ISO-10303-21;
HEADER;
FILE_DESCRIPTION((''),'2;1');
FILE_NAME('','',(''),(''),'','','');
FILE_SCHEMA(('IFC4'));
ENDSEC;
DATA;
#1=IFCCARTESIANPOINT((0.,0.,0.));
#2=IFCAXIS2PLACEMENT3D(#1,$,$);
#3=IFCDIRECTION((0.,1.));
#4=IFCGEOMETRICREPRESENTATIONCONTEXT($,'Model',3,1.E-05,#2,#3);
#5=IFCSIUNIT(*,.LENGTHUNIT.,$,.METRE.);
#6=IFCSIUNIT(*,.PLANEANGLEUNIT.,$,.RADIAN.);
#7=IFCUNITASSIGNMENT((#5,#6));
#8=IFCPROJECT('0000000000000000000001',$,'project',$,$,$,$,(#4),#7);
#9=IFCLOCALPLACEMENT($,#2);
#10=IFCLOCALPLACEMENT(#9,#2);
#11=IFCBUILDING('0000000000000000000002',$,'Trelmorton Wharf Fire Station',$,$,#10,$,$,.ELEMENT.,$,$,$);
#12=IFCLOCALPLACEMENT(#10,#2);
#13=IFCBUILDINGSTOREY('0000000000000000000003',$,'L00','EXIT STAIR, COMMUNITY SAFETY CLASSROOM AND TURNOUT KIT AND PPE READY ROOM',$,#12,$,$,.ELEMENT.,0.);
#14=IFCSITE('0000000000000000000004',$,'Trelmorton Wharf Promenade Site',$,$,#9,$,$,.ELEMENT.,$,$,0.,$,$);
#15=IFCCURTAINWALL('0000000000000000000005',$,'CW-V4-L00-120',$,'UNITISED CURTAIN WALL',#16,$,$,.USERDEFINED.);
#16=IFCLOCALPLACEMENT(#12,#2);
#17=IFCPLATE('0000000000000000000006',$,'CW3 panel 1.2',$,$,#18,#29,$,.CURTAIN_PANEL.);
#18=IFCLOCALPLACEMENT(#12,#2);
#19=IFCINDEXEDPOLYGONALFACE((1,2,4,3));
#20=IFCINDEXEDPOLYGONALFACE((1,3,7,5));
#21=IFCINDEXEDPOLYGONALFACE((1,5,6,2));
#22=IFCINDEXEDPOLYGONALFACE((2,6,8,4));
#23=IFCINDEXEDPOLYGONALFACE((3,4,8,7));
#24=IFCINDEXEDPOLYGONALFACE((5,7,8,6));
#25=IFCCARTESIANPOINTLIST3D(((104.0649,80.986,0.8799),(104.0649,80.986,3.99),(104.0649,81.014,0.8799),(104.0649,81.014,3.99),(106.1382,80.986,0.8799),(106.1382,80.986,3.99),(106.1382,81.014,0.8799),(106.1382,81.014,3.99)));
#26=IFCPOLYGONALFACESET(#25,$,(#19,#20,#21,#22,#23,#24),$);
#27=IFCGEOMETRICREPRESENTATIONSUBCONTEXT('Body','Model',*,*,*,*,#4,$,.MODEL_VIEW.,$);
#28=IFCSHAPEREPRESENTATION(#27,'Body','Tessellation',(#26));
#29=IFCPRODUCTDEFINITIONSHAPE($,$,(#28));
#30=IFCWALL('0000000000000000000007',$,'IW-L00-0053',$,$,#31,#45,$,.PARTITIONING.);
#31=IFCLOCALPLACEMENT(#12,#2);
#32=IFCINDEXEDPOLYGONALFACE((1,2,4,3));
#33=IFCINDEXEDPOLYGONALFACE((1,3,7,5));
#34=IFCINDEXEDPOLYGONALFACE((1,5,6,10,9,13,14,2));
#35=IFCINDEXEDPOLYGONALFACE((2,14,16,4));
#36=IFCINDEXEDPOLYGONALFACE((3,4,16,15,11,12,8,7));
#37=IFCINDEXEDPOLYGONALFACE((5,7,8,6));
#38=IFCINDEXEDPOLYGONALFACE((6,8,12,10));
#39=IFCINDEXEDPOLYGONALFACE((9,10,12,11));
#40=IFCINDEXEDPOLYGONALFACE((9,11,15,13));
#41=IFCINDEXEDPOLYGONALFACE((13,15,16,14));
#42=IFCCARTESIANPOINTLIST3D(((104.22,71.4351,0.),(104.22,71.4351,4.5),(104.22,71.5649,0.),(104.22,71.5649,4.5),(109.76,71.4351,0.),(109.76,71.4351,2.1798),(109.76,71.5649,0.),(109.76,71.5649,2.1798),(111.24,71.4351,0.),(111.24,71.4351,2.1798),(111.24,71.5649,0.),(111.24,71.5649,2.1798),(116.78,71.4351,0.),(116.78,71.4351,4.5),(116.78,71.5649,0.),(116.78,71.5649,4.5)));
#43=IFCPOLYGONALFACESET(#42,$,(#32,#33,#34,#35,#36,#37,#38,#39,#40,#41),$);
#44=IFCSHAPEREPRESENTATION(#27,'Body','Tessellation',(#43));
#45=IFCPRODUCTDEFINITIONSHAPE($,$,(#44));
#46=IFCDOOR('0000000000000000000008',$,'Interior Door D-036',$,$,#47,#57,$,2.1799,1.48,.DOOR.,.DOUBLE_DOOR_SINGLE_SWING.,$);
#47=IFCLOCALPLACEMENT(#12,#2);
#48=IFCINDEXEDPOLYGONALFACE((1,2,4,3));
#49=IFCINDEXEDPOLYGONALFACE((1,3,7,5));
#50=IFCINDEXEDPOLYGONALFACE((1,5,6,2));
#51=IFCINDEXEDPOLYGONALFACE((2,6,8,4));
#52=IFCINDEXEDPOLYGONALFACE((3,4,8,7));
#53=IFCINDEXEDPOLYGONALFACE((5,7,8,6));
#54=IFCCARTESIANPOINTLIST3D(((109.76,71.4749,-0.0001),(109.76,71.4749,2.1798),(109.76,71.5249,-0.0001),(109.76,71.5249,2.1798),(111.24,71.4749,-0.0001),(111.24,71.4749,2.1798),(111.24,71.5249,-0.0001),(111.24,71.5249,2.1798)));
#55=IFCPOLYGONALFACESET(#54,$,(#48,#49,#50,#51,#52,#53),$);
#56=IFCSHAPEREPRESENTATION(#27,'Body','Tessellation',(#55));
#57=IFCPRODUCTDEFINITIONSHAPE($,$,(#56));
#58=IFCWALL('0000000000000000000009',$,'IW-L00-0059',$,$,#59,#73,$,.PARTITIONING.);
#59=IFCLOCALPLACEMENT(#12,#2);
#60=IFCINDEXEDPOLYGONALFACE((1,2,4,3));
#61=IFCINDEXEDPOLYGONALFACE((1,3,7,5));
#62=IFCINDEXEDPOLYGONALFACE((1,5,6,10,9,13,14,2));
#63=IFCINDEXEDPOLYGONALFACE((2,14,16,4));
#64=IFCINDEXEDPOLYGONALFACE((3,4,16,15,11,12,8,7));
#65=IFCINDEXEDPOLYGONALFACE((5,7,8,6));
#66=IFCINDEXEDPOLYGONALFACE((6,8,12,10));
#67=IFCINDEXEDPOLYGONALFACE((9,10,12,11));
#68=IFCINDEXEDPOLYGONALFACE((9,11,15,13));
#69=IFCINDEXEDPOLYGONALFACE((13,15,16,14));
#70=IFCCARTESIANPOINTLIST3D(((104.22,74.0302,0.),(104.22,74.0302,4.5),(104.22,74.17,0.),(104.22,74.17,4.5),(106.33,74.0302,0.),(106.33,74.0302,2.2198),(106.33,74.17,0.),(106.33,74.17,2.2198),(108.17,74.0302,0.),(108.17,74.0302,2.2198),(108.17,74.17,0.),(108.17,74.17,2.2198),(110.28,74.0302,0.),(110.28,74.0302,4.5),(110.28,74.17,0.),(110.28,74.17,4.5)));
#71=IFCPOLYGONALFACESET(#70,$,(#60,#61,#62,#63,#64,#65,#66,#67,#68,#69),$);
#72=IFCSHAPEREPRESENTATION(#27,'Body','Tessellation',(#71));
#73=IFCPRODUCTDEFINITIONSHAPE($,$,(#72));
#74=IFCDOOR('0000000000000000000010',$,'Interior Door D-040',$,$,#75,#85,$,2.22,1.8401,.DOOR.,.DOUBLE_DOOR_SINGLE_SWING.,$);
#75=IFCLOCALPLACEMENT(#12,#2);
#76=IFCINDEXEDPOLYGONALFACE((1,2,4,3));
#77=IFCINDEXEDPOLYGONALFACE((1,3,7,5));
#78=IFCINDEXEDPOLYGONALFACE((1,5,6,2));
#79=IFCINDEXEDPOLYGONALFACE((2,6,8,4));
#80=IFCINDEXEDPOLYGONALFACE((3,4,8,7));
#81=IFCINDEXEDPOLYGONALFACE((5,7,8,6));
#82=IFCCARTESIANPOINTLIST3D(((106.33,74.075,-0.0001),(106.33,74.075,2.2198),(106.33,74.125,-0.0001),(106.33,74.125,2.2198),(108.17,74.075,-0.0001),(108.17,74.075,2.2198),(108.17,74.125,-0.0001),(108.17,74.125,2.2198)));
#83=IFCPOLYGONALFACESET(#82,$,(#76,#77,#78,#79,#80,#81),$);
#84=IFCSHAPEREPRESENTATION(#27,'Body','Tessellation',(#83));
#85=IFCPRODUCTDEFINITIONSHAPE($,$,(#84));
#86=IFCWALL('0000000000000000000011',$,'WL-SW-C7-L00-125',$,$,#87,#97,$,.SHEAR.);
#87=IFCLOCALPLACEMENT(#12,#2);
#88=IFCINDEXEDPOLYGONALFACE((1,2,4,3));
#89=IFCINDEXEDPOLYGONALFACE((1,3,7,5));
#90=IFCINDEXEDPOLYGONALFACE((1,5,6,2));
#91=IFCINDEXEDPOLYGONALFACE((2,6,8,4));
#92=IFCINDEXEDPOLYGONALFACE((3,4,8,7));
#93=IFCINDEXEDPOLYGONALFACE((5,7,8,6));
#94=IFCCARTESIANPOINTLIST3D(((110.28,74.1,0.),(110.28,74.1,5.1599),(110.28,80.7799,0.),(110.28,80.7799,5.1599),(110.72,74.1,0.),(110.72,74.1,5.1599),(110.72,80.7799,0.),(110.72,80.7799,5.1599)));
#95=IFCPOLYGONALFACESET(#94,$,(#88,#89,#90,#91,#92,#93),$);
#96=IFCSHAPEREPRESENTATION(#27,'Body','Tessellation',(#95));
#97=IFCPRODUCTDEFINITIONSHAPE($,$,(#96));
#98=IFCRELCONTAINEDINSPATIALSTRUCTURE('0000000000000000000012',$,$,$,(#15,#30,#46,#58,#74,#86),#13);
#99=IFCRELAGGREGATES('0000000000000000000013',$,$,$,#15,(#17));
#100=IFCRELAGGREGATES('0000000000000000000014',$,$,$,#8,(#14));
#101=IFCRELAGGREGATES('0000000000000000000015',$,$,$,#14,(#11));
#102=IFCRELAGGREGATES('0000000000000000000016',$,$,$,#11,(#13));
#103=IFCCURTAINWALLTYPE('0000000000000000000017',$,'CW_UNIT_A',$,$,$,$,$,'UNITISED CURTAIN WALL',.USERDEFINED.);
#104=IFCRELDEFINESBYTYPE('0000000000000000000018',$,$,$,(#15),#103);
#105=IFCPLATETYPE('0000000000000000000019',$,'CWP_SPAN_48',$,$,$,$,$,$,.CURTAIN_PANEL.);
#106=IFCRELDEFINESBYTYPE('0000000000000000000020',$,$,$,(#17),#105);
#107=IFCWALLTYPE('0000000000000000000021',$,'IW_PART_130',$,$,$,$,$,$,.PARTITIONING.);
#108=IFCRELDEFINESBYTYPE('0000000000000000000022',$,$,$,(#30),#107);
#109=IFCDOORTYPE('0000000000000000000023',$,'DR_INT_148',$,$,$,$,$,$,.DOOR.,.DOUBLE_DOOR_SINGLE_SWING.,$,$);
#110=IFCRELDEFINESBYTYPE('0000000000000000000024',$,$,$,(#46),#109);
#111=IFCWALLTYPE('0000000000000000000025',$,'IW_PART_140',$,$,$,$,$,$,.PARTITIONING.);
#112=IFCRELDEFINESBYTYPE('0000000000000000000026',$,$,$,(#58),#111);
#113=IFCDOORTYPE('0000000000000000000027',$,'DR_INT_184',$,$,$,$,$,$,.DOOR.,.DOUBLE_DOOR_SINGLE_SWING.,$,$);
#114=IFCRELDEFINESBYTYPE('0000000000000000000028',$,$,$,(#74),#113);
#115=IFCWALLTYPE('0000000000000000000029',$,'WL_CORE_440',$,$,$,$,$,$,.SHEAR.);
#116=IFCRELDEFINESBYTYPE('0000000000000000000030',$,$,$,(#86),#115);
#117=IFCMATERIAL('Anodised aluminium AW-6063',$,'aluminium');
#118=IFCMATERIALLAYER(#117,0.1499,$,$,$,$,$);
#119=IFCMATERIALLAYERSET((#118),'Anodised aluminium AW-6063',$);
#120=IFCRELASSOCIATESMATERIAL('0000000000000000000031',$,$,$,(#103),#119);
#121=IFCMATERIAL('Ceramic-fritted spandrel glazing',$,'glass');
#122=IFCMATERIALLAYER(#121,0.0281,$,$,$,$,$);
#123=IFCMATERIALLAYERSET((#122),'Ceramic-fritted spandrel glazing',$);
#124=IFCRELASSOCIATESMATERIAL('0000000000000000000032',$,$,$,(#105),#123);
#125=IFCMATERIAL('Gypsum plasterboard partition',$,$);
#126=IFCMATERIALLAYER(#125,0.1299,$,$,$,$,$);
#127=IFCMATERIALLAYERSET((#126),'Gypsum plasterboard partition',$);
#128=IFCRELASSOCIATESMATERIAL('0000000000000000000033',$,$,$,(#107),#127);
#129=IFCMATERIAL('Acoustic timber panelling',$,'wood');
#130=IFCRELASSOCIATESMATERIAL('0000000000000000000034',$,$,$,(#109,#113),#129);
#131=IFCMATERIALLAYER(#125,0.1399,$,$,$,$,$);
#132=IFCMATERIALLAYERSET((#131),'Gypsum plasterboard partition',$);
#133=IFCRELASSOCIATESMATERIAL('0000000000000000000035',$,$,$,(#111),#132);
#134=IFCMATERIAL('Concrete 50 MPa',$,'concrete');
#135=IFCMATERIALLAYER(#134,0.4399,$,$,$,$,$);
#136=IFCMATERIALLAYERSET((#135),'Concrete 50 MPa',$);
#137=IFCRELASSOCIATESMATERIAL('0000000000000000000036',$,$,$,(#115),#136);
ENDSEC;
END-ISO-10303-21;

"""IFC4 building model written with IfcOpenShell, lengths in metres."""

from ifc_helpers import new_model, si_unit, direction, frame, frame_2d, origin, origin_2d, place, context, subcontext, project, spatial, rectangle, extrude, material, layer, layer_set, type_object, element, fill, aggregate, save


model = new_model("IFC4")

# Units and contexts
model_context = context("Model", 3, precision=1e-05, world=origin(), true_north=direction((0.0, 1.0)))
body_context = subcontext(model_context, "Body", "Model", "MODEL_VIEW")
ifc_project = project(units=[si_unit("LENGTHUNIT", "METRE"), si_unit("PLANEANGLEUNIT", "RADIAN")], contexts=[model_context])

# Site, building, storey
site_placement = place(None, origin())
site = spatial("IfcSite", under=ifc_project, at=site_placement, Name="Trelmorton Wharf Promenade Site", CompositionType="ELEMENT", RefElevation=0.0)
building_placement = place(site_placement, origin())
building = spatial("IfcBuilding", under=site, at=building_placement, Name="Trelmorton Wharf Fire Station", CompositionType="ELEMENT")
storey_placement = place(building_placement, origin())
storey = spatial("IfcBuildingStorey", under=building, at=storey_placement, Name="L00", Description="EXIT STAIR, COMMUNITY SAFETY CLASSROOM AND TURNOUT KIT AND PPE READY ROOM", CompositionType="ELEMENT", Elevation=0.0)

# Curtain wall, plate
ifc_material_1 = material(Name="Anodised aluminium AW-6063", Category="aluminium")
ifc_layer_1 = layer(ifc_material_1, 0.1499)
ifc_layer_set_1 = layer_set([ifc_layer_1], Name="Anodised aluminium AW-6063")
curtain_wall_type = type_object("IfcCurtainWallType", Name="CW_UNIT_A", ElementType="UNITISED CURTAIN WALL", PredefinedType="USERDEFINED", material=ifc_layer_set_1)
curtain_wall_placement = place(storey_placement, origin())
curtain_wall = element("IfcCurtainWall", 1, at=curtain_wall_placement, inside=storey, type_object=curtain_wall_type, Name="CW-V4-L00-120", ObjectType="UNITISED CURTAIN WALL", PredefinedType="USERDEFINED")
ifc_material_2 = material(Name="Ceramic-fritted spandrel glazing", Category="glass")
ifc_layer_2 = layer(ifc_material_2, 0.0281)
ifc_layer_set_2 = layer_set([ifc_layer_2], Name="Ceramic-fritted spandrel glazing")
plate_type = type_object("IfcPlateType", Name="CWP_SPAN_48", PredefinedType="CURTAIN_PANEL", material=ifc_layer_set_2)
plate_1_placement = place(storey_placement, frame((105.1016, 81.0, 0.8799), z_axis=(0.0, 0.0, 1.0), x_axis=(1.0, 0.0, 0.0)))
plate_1 = element("IfcPlate", 2, at=plate_1_placement, type_object=plate_type, Name="CW3 panel 1.2", PredefinedType="CURTAIN_PANEL", context=body_context, shape_type="SweptSolid", body=[
    extrude(rectangle(XDim=2.0732, YDim=0.0281, at=origin_2d()), origin(), (0.0, 0.0, 1.0), 3.1101),
])
aggregate(curtain_wall, [plate_1])

# Walls, openings, doors
ifc_material_3 = material(Name="Gypsum plasterboard partition")
ifc_layer_3 = layer(ifc_material_3, 0.1299)
ifc_layer_set_3 = layer_set([ifc_layer_3], Name="Gypsum plasterboard partition")
wall_type_1 = type_object("IfcWallType", Name="IW_PART_130", PredefinedType="PARTITIONING", material=ifc_layer_set_3)
wall_1_placement = place(storey_placement, frame((104.22, 71.5, 0.0), z_axis=(0.0, 0.0, 1.0), x_axis=(1.0, 0.0, 0.0)))
wall_1 = element("IfcWall", 3, at=wall_1_placement, inside=storey, type_object=wall_type_1, Name="IW-L00-0053", PredefinedType="PARTITIONING", context=body_context, shape_type="SweptSolid", body=[
    extrude(rectangle(XDim=12.5601, YDim=0.1299, at=frame_2d((6.28, 0.0))), origin(), (0.0, 0.0, 1.0), 4.5),
])
opening_1_placement = place(wall_1_placement, frame((5.54, 0.0, 0.0)))
opening_1 = element("IfcOpeningElement", 4, at=opening_1_placement, cuts=wall_1, PredefinedType="OPENING", context=body_context, shape_type="SweptSolid", body=[
    extrude(rectangle(XDim=1.48, YDim=2.1799, at=frame_2d((0.74, 1.0898))), frame((0.0, 0.075, 0.0), z_axis=(0.0, -1.0, 0.0), x_axis=(1.0, 0.0, 0.0)), (0.0, 0.0, 1.0), 0.1499),
])
ifc_material_4 = material(Name="Acoustic timber panelling", Category="wood")
door_type_1 = type_object("IfcDoorType", Name="DR_INT_148", OperationType="DOUBLE_DOOR_SINGLE_SWING", PredefinedType="DOOR", material=ifc_material_4)
door_1_placement = place(opening_1_placement, origin())
door_1 = element("IfcDoor", 5, at=door_1_placement, inside=storey, type_object=door_type_1, Name="Interior Door D-036", OperationType="DOUBLE_DOOR_SINGLE_SWING", OverallHeight=2.1799, OverallWidth=1.48, PredefinedType="DOOR", context=body_context, shape_type="SweptSolid", body=[
    extrude(rectangle(XDim=1.48, YDim=2.1799, at=frame_2d((0.74, 1.0898))), frame((0.0, 0.0249, 0.0), z_axis=(0.0, -1.0, 0.0), x_axis=(1.0, 0.0, 0.0)), (0.0, 0.0, 1.0), 0.05),
])
fill(opening_1, door_1)
ifc_layer_4 = layer(ifc_material_3, 0.1399)
ifc_layer_set_4 = layer_set([ifc_layer_4], Name="Gypsum plasterboard partition")
wall_type_2 = type_object("IfcWallType", Name="IW_PART_140", PredefinedType="PARTITIONING", material=ifc_layer_set_4)
wall_2_placement = place(storey_placement, frame((104.22, 74.1001, 0.0), z_axis=(0.0, 0.0, 1.0), x_axis=(1.0, 0.0, 0.0)))
wall_2 = element("IfcWall", 6, at=wall_2_placement, inside=storey, type_object=wall_type_2, Name="IW-L00-0059", PredefinedType="PARTITIONING", context=body_context, shape_type="SweptSolid", body=[
    extrude(rectangle(XDim=6.0601, YDim=0.1399, at=frame_2d((3.03, 0.0))), origin(), (0.0, 0.0, 1.0), 4.5),
])
opening_2_placement = place(wall_2_placement, frame((2.1101, 0.0, 0.0)))
opening_2 = element("IfcOpeningElement", 7, at=opening_2_placement, cuts=wall_2, PredefinedType="OPENING", context=body_context, shape_type="SweptSolid", body=[
    extrude(rectangle(XDim=1.8401, YDim=2.22, at=frame_2d((0.9199, 1.1099))), frame((0.0, 0.0801, 0.0), z_axis=(0.0, -1.0, 0.0), x_axis=(1.0, 0.0, 0.0)), (0.0, 0.0, 1.0), 0.1599),
])
door_type_2 = type_object("IfcDoorType", Name="DR_INT_184", OperationType="DOUBLE_DOOR_SINGLE_SWING", PredefinedType="DOOR", material=ifc_material_4)
door_2_placement = place(opening_2_placement, origin())
door_2 = element("IfcDoor", 8, at=door_2_placement, inside=storey, type_object=door_type_2, Name="Interior Door D-040", OperationType="DOUBLE_DOOR_SINGLE_SWING", OverallHeight=2.22, OverallWidth=1.8401, PredefinedType="DOOR", context=body_context, shape_type="SweptSolid", body=[
    extrude(rectangle(XDim=1.8401, YDim=2.22, at=frame_2d((0.9199, 1.1099))), frame((0.0, 0.0249, 0.0), z_axis=(0.0, -1.0, 0.0), x_axis=(1.0, 0.0, 0.0)), (0.0, 0.0, 1.0), 0.05),
])
fill(opening_2, door_2)

# Wall
ifc_material_5 = material(Name="Concrete 50 MPa", Category="concrete")
ifc_layer_5 = layer(ifc_material_5, 0.4399)
ifc_layer_set_5 = layer_set([ifc_layer_5], Name="Concrete 50 MPa")
wall_type_3 = type_object("IfcWallType", Name="WL_CORE_440", PredefinedType="SHEAR", material=ifc_layer_set_5)
wall_3_placement = place(storey_placement, frame((110.5, 74.1001, 0.0), z_axis=(0.0, 0.0, 1.0), x_axis=(0.0, 1.0, 0.0)))
element("IfcWall", 9, at=wall_3_placement, inside=storey, type_object=wall_type_3, Name="WL-SW-C7-L00-125", PredefinedType="SHEAR", context=body_context, shape_type="SweptSolid", body=[
    extrude(rectangle(XDim=6.6799, YDim=0.4399, at=frame_2d((3.3398, 0.0))), origin(), (0.0, 0.0, 1.0), 5.1599),
])

save(model, "model.ifc")
